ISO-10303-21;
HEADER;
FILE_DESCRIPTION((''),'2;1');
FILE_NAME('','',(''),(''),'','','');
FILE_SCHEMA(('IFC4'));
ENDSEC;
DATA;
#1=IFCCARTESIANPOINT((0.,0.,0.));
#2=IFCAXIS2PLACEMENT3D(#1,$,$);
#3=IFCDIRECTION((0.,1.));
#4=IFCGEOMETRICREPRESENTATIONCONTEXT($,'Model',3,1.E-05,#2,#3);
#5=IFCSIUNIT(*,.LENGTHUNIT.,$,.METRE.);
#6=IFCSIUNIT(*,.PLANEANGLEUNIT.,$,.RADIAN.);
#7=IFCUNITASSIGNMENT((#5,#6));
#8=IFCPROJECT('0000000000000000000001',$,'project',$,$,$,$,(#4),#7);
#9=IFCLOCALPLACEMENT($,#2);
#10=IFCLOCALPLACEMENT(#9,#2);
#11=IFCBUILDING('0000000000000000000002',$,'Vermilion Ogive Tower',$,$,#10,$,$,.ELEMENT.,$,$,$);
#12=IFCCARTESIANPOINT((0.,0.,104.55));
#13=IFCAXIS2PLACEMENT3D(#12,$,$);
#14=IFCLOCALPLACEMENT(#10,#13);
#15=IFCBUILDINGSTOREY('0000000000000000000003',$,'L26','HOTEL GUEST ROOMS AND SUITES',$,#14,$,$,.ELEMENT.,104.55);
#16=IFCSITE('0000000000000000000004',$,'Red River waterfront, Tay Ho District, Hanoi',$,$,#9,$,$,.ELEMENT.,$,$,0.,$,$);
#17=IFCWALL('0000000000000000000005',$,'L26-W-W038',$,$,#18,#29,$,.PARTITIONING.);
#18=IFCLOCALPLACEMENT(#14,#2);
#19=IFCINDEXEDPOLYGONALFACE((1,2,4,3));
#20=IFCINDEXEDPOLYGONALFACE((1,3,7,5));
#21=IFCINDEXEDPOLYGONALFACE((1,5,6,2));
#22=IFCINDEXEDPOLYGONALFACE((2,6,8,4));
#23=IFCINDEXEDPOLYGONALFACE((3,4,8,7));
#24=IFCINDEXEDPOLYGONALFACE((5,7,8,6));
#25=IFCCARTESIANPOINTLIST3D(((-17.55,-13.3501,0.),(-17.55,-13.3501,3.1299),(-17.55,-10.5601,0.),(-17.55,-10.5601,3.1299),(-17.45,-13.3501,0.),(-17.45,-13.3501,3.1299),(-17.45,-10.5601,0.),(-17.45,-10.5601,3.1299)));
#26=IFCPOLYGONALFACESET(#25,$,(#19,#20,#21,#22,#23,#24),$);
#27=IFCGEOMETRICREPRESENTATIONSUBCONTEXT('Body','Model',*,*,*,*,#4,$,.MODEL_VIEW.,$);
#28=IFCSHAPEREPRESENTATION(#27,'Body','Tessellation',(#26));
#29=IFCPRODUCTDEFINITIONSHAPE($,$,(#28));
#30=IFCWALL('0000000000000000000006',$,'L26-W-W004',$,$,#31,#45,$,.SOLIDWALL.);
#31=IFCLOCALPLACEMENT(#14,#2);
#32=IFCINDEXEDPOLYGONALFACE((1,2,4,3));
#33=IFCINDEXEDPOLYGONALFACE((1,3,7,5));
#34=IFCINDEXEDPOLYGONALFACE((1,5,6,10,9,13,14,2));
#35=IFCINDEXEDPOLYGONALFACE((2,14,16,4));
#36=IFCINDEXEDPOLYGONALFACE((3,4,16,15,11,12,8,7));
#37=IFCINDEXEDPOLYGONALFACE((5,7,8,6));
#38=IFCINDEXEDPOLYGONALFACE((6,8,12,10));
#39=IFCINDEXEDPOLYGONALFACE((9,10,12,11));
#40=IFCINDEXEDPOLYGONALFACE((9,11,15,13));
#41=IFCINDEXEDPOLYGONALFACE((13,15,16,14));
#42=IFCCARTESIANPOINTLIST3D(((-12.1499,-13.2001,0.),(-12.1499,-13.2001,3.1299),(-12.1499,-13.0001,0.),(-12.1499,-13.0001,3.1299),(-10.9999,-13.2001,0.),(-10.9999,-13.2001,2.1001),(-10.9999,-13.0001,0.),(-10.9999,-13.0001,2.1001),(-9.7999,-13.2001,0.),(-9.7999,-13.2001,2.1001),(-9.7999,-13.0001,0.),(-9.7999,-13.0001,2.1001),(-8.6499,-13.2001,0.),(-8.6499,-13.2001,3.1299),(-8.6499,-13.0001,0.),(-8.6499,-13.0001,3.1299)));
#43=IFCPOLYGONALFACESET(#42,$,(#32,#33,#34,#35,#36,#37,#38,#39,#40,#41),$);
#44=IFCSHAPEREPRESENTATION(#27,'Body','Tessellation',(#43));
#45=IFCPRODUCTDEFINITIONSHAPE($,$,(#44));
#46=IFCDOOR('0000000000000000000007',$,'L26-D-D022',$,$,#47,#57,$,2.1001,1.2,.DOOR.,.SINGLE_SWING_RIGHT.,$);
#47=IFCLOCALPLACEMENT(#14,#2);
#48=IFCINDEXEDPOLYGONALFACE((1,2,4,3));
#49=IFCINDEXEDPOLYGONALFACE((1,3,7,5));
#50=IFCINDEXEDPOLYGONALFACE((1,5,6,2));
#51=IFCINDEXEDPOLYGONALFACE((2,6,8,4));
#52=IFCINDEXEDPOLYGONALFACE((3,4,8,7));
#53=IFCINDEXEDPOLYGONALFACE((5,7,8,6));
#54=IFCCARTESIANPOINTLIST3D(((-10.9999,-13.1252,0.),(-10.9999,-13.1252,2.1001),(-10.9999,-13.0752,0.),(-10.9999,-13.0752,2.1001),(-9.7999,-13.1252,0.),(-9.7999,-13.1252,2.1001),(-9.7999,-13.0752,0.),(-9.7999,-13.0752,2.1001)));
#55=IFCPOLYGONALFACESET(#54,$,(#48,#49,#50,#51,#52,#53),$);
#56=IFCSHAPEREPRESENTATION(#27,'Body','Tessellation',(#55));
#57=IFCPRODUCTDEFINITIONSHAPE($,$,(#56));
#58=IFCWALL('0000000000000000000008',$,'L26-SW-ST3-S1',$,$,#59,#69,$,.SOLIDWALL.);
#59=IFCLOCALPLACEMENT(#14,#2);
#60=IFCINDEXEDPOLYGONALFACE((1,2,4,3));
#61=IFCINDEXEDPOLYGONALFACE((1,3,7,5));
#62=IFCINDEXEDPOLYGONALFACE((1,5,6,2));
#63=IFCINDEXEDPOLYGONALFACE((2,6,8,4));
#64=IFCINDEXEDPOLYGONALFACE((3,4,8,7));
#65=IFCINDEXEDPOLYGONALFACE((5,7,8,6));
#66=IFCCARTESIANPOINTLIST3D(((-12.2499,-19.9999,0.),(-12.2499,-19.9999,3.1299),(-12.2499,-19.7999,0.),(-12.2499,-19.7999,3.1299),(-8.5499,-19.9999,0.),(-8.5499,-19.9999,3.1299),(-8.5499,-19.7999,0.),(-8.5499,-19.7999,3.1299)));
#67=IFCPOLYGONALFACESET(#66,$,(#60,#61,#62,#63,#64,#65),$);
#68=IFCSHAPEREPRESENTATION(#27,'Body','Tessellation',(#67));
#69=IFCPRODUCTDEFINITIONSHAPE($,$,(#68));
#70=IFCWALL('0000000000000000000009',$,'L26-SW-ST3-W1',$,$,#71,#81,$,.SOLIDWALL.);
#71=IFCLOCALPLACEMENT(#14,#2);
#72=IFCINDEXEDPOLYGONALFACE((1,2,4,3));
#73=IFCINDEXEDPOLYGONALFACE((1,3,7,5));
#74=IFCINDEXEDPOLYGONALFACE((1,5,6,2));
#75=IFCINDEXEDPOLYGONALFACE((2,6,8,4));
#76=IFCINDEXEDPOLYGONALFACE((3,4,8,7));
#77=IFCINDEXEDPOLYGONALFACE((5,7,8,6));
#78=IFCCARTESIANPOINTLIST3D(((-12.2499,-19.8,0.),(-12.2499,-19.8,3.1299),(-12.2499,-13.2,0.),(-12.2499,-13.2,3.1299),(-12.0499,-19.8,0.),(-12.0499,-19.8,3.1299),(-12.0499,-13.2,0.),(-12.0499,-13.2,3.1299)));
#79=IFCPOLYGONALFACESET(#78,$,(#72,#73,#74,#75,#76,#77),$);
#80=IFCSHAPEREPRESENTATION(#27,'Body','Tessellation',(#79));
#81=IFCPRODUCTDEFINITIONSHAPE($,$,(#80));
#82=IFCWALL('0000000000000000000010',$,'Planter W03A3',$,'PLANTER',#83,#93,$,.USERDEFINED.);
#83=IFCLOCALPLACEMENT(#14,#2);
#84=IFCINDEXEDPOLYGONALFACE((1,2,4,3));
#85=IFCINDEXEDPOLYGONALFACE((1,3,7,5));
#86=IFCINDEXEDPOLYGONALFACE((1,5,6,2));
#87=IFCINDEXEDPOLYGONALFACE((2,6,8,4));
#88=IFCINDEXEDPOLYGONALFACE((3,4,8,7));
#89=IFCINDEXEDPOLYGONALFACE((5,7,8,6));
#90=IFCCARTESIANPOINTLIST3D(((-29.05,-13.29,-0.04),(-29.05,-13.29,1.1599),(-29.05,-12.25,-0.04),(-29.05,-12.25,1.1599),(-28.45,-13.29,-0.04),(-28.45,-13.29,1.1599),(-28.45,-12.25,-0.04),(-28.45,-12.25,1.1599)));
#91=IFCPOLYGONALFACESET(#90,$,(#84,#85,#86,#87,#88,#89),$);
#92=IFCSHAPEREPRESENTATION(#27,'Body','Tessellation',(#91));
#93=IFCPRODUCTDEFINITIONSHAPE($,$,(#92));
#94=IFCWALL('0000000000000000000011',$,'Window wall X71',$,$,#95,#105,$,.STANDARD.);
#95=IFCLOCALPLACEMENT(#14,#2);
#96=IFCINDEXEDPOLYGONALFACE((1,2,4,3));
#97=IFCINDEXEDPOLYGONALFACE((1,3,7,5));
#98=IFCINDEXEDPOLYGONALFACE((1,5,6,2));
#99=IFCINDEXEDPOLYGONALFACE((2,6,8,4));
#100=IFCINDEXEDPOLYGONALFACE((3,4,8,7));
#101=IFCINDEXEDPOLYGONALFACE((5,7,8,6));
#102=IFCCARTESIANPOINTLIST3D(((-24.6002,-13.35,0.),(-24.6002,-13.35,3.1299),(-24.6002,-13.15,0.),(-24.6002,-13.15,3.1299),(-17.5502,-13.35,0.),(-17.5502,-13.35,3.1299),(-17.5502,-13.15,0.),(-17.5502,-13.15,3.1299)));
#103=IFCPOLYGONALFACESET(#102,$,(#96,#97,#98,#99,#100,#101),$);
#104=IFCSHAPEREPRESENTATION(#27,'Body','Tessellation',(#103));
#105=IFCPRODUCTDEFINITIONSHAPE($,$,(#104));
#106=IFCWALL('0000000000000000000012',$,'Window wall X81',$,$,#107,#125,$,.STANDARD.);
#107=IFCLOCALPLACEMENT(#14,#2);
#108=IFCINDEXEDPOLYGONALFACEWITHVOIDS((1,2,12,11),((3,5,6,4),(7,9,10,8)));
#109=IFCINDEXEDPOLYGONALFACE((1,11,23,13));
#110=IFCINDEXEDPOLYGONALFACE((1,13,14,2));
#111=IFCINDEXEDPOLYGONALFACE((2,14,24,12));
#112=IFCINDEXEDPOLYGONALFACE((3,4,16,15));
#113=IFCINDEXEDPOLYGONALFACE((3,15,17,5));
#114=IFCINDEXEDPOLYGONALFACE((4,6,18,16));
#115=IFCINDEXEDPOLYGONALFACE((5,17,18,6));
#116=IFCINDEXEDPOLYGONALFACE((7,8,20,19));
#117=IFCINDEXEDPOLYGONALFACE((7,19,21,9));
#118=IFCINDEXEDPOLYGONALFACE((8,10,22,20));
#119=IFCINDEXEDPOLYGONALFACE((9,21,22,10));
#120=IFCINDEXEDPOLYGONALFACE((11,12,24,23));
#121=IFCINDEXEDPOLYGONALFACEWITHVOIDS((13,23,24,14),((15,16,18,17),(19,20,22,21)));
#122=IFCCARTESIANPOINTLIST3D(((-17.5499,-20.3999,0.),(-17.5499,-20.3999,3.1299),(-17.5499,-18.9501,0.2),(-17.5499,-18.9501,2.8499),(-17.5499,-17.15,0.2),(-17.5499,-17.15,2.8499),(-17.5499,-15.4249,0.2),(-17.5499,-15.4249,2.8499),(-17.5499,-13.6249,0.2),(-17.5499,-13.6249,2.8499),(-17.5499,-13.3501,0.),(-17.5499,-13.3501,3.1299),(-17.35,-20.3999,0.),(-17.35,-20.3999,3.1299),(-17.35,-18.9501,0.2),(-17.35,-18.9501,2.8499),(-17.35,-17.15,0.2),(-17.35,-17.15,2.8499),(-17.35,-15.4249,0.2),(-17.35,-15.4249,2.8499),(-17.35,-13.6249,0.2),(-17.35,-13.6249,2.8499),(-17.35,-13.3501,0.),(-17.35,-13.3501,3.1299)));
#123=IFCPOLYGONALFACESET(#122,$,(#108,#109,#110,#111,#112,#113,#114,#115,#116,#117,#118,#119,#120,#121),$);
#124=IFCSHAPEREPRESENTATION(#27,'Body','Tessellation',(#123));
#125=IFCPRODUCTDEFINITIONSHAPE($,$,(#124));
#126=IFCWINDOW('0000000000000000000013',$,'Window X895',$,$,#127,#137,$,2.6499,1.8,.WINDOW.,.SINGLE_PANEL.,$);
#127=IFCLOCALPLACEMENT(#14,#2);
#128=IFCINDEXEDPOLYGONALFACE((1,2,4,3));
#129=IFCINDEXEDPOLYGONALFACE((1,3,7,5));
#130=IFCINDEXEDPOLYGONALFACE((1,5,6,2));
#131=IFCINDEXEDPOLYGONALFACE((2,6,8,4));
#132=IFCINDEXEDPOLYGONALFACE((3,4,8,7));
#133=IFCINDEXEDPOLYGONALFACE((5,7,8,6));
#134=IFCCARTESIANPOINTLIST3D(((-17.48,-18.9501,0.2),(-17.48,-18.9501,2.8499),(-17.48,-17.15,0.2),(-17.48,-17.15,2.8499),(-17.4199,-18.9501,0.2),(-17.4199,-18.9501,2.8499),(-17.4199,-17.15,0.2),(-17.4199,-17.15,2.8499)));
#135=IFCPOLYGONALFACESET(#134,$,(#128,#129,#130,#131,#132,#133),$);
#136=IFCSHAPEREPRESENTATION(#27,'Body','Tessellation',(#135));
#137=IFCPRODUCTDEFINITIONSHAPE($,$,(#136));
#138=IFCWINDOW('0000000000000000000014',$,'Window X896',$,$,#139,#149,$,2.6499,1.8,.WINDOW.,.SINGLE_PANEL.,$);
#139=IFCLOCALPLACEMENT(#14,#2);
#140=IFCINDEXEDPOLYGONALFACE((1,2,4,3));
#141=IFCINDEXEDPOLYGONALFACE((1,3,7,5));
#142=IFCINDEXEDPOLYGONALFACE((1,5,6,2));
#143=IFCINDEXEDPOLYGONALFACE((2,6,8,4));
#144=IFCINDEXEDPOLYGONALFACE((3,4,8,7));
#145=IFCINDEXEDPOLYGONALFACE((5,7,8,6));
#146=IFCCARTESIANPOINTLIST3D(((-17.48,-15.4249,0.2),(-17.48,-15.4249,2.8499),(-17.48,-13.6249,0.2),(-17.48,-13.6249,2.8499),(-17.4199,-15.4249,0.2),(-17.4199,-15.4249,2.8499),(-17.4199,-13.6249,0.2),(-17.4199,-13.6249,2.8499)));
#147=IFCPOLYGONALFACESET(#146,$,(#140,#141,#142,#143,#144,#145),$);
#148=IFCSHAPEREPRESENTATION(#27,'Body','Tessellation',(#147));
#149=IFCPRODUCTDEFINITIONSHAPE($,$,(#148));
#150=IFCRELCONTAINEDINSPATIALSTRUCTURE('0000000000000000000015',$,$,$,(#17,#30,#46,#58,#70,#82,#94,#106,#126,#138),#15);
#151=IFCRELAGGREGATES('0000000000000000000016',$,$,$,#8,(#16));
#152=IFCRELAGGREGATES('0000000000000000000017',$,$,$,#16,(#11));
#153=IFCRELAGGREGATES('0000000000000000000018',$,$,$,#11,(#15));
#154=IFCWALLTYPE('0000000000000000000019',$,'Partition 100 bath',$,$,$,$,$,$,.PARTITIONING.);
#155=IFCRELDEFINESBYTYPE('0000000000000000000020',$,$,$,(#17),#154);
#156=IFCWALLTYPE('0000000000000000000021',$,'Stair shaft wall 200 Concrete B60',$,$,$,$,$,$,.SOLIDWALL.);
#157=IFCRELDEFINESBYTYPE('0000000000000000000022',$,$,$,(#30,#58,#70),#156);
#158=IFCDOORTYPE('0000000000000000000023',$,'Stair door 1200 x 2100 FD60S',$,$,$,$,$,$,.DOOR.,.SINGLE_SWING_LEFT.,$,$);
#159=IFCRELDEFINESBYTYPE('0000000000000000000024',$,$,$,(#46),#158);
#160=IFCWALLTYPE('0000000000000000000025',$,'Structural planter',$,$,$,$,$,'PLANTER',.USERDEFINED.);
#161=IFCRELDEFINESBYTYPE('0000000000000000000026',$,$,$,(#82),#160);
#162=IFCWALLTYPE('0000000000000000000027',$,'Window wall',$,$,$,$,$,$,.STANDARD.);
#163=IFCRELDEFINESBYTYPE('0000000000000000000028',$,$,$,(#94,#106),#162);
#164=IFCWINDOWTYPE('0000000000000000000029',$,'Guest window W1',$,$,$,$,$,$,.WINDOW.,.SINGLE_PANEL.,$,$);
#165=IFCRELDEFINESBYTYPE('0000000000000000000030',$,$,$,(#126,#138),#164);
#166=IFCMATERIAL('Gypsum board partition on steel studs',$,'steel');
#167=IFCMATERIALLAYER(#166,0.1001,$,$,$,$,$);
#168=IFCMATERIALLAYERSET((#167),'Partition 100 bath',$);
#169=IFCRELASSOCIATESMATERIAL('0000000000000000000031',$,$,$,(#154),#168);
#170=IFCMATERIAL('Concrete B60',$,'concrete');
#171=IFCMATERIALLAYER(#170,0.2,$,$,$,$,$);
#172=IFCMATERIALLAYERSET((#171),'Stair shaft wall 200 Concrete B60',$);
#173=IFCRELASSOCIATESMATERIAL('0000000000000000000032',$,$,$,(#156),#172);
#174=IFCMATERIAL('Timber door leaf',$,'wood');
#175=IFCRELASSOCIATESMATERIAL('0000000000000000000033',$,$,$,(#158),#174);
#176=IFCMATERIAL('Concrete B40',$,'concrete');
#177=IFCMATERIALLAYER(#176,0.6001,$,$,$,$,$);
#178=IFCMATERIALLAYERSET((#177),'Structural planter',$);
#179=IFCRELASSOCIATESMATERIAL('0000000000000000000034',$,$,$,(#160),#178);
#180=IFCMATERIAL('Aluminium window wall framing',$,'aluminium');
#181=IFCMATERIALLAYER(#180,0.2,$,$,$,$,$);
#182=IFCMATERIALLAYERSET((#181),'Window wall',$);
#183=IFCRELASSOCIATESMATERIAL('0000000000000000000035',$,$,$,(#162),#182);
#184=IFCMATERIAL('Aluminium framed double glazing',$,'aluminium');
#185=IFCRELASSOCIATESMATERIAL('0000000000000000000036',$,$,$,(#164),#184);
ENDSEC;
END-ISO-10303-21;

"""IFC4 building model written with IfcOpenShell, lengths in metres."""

from ifc_helpers import new_model, si_unit, direction, frame, frame_2d, origin, place, context, subcontext, project, spatial, rectangle, extrude, material, layer, layer_set, type_object, element, fill, save


model = new_model("IFC4")

# Units and contexts
model_context = context("Model", 3, precision=1e-05, world=origin(), true_north=direction((0.0, 1.0)))
body_context = subcontext(model_context, "Body", "Model", "MODEL_VIEW")
ifc_project = project(units=[si_unit("LENGTHUNIT", "METRE"), si_unit("PLANEANGLEUNIT", "RADIAN")], contexts=[model_context])

# Site, building, storey
site_placement = place(None, origin())
site = spatial("IfcSite", under=ifc_project, at=site_placement, Name="Red River waterfront, Tay Ho District, Hanoi", CompositionType="ELEMENT", RefElevation=0.0)
building_placement = place(site_placement, origin())
building = spatial("IfcBuilding", under=site, at=building_placement, Name="Vermilion Ogive Tower", CompositionType="ELEMENT")
storey_placement = place(building_placement, frame((0.0, 0.0, 104.55)))
storey = spatial("IfcBuildingStorey", under=building, at=storey_placement, Name="L26", Description="HOTEL GUEST ROOMS AND SUITES", CompositionType="ELEMENT", Elevation=104.55)

# Wall
ifc_material_1 = material(Name="Gypsum board partition on steel studs", Category="steel")
ifc_layer_1 = layer(ifc_material_1, 0.1001)
ifc_layer_set_1 = layer_set([ifc_layer_1], Name="Partition 100 bath")
wall_type_1 = type_object("IfcWallType", Name="Partition 100 bath", PredefinedType="PARTITIONING", material=ifc_layer_set_1)
wall_1_placement = place(storey_placement, frame((-17.5, -13.3501, 0.0), z_axis=(0.0, 0.0, 1.0), x_axis=(0.0, 1.0, 0.0)))
element("IfcWall", 1, at=wall_1_placement, inside=storey, type_object=wall_type_1, Name="L26-W-W038", PredefinedType="PARTITIONING", context=body_context, shape_type="SweptSolid", body=[
    extrude(rectangle(XDim=2.79, YDim=0.1001, at=frame_2d((1.395, 0.0))), origin(), (0.0, 0.0, 1.0), 3.1299),
])

# Wall, opening, door
ifc_material_2 = material(Name="Concrete B60", Category="concrete")
ifc_layer_2 = layer(ifc_material_2, 0.2)
ifc_layer_set_2 = layer_set([ifc_layer_2], Name="Stair shaft wall 200 Concrete B60")
wall_type_2 = type_object("IfcWallType", Name="Stair shaft wall 200 Concrete B60", PredefinedType="SOLIDWALL", material=ifc_layer_set_2)
wall_2_placement = place(storey_placement, frame((-12.1499, -13.1001, 0.0), z_axis=(0.0, 0.0, 1.0), x_axis=(1.0, 0.0, 0.0)))
wall_2 = element("IfcWall", 2, at=wall_2_placement, inside=storey, type_object=wall_type_2, Name="L26-W-W004", PredefinedType="SOLIDWALL", context=body_context, shape_type="SweptSolid", body=[
    extrude(rectangle(XDim=3.5, YDim=0.2, at=frame_2d((1.75, 0.0))), origin(), (0.0, 0.0, 1.0), 3.1299),
])
opening_1_placement = place(wall_2_placement, frame((1.1499, 0.0, 0.0)))
opening_1 = element("IfcOpeningElement", 3, at=opening_1_placement, cuts=wall_2, PredefinedType="OPENING", context=body_context, shape_type="SweptSolid", body=[
    extrude(rectangle(XDim=1.2, YDim=2.1001, at=frame_2d((0.6001, 1.05))), frame((0.0, 0.1099, 0.0), z_axis=(0.0, -1.0, 0.0), x_axis=(1.0, 0.0, 0.0)), (0.0, 0.0, 1.0), 0.22),
])
ifc_material_3 = material(Name="Timber door leaf", Category="wood")
door_type = type_object("IfcDoorType", Name="Stair door 1200 x 2100 FD60S", OperationType="SINGLE_SWING_LEFT", PredefinedType="DOOR", material=ifc_material_3)
door_placement = place(opening_1_placement, origin())
door = element("IfcDoor", 4, at=door_placement, inside=storey, type_object=door_type, Name="L26-D-D022", OperationType="SINGLE_SWING_RIGHT", OverallHeight=2.1001, OverallWidth=1.2, PredefinedType="DOOR", context=body_context, shape_type="SweptSolid", body=[
    extrude(rectangle(XDim=1.2, YDim=2.1001, at=frame_2d((0.6001, 1.05))), frame((0.0, 0.0249, 0.0), z_axis=(0.0, -1.0, 0.0), x_axis=(1.0, 0.0, 0.0)), (0.0, 0.0, 1.0), 0.05),
])
fill(opening_1, door)

# Walls
wall_3_placement = place(storey_placement, frame((-12.25, -19.8999, 0.0), z_axis=(0.0, 0.0, 1.0), x_axis=(1.0, 0.0, 0.0)))
element("IfcWall", 5, at=wall_3_placement, inside=storey, type_object=wall_type_2, Name="L26-SW-ST3-S1", PredefinedType="SOLIDWALL", context=body_context, shape_type="SweptSolid", body=[
    extrude(rectangle(XDim=3.7, YDim=0.2, at=frame_2d((1.8501, 0.0))), origin(), (0.0, 0.0, 1.0), 3.1299),
])
wall_4_placement = place(storey_placement, frame((-12.1499, -19.8, 0.0), z_axis=(0.0, 0.0, 1.0), x_axis=(0.0, 1.0, 0.0)))
element("IfcWall", 6, at=wall_4_placement, inside=storey, type_object=wall_type_2, Name="L26-SW-ST3-W1", PredefinedType="SOLIDWALL", context=body_context, shape_type="SweptSolid", body=[
    extrude(rectangle(XDim=6.6001, YDim=0.2, at=frame_2d((3.3, 0.0))), origin(), (0.0, 0.0, 1.0), 3.1299),
])
ifc_material_4 = material(Name="Concrete B40", Category="concrete")
ifc_layer_3 = layer(ifc_material_4, 0.6001)
ifc_layer_set_3 = layer_set([ifc_layer_3], Name="Structural planter")
wall_type_3 = type_object("IfcWallType", Name="Structural planter", ElementType="PLANTER", PredefinedType="USERDEFINED", material=ifc_layer_set_3)
wall_5_placement = place(storey_placement, frame((-28.75, -12.25, -0.04), z_axis=(0.0, 0.0, 1.0), x_axis=(0.0, -1.0, 0.0)))
element("IfcWall", 7, at=wall_5_placement, inside=storey, type_object=wall_type_3, Name="Planter W03A3", ObjectType="PLANTER", PredefinedType="USERDEFINED", context=body_context, shape_type="SweptSolid", body=[
    extrude(rectangle(XDim=1.04, YDim=0.6001, at=frame_2d((0.52, 0.0))), origin(), (0.0, 0.0, 1.0), 1.2),
])
ifc_material_5 = material(Name="Aluminium window wall framing", Category="aluminium")
ifc_layer_4 = layer(ifc_material_5, 0.2)
ifc_layer_set_4 = layer_set([ifc_layer_4], Name="Window wall")
wall_type_4 = type_object("IfcWallType", Name="Window wall", PredefinedType="STANDARD", material=ifc_layer_set_4)
wall_6_placement = place(storey_placement, frame((-24.6001, -13.25, 0.0), z_axis=(0.0, 0.0, 1.0), x_axis=(1.0, 0.0, 0.0)))
element("IfcWall", 8, at=wall_6_placement, inside=storey, type_object=wall_type_4, Name="Window wall X71", PredefinedType="STANDARD", context=body_context, shape_type="SweptSolid", body=[
    extrude(rectangle(XDim=7.05, YDim=0.2, at=frame_2d((3.5249, 0.0))), origin(), (0.0, 0.0, 1.0), 3.1299),
])

# Wall, openings, windows
wall_7_placement = place(storey_placement, frame((-17.45, -13.3501, 0.0), z_axis=(0.0, 0.0, 1.0), x_axis=(0.0, -1.0, 0.0)))
wall_7 = element("IfcWall", 9, at=wall_7_placement, inside=storey, type_object=wall_type_4, Name="Window wall X81", PredefinedType="STANDARD", context=body_context, shape_type="SweptSolid", body=[
    extrude(rectangle(XDim=7.0498, YDim=0.2, at=frame_2d((3.5249, 0.0))), origin(), (0.0, 0.0, 1.0), 3.1299),
])
opening_2_placement = place(wall_7_placement, frame((3.8, 0.0, 0.2)))
opening_2 = element("IfcOpeningElement", 10, at=opening_2_placement, cuts=wall_7, PredefinedType="OPENING", context=body_context, shape_type="SweptSolid", body=[
    extrude(rectangle(XDim=1.8, YDim=2.6499, at=frame_2d((0.8999, 1.325))), frame((0.0, 0.1099, 0.0), z_axis=(0.0, -1.0, 0.0), x_axis=(1.0, 0.0, 0.0)), (0.0, 0.0, 1.0), 0.22),
])
opening_3_placement = place(wall_7_placement, frame((0.2749, 0.0, 0.2)))
opening_3 = element("IfcOpeningElement", 11, at=opening_3_placement, cuts=wall_7, PredefinedType="OPENING", context=body_context, shape_type="SweptSolid", body=[
    extrude(rectangle(XDim=1.8, YDim=2.6499, at=frame_2d((0.8999, 1.325))), frame((0.0, 0.1099, 0.0), z_axis=(0.0, -1.0, 0.0), x_axis=(1.0, 0.0, 0.0)), (0.0, 0.0, 1.0), 0.22),
])
ifc_material_6 = material(Name="Aluminium framed double glazing", Category="aluminium")
window_type = type_object("IfcWindowType", Name="Guest window W1", PartitioningType="SINGLE_PANEL", PredefinedType="WINDOW", material=ifc_material_6)
window_1_placement = place(opening_2_placement, origin())
window_1 = element("IfcWindow", 12, at=window_1_placement, inside=storey, type_object=window_type, Name="Window X895", OverallHeight=2.6499, OverallWidth=1.8, PartitioningType="SINGLE_PANEL", PredefinedType="WINDOW", context=body_context, shape_type="SweptSolid", body=[
    extrude(rectangle(XDim=1.8, YDim=2.6499, at=frame_2d((0.8999, 1.325))), frame((0.0, 0.03, 0.0), z_axis=(0.0, -1.0, 0.0), x_axis=(1.0, 0.0, 0.0)), (0.0, 0.0, 1.0), 0.0601),
])
fill(opening_2, window_1)
window_2_placement = place(opening_3_placement, origin())
window_2 = element("IfcWindow", 13, at=window_2_placement, inside=storey, type_object=window_type, Name="Window X896", OverallHeight=2.6499, OverallWidth=1.8, PartitioningType="SINGLE_PANEL", PredefinedType="WINDOW", context=body_context, shape_type="SweptSolid", body=[
    extrude(rectangle(XDim=1.8, YDim=2.6499, at=frame_2d((0.8999, 1.325))), frame((0.0, 0.03, 0.0), z_axis=(0.0, -1.0, 0.0), x_axis=(1.0, 0.0, 0.0)), (0.0, 0.0, 1.0), 0.0601),
])
fill(opening_3, window_2)

save(model, "model.ifc")
